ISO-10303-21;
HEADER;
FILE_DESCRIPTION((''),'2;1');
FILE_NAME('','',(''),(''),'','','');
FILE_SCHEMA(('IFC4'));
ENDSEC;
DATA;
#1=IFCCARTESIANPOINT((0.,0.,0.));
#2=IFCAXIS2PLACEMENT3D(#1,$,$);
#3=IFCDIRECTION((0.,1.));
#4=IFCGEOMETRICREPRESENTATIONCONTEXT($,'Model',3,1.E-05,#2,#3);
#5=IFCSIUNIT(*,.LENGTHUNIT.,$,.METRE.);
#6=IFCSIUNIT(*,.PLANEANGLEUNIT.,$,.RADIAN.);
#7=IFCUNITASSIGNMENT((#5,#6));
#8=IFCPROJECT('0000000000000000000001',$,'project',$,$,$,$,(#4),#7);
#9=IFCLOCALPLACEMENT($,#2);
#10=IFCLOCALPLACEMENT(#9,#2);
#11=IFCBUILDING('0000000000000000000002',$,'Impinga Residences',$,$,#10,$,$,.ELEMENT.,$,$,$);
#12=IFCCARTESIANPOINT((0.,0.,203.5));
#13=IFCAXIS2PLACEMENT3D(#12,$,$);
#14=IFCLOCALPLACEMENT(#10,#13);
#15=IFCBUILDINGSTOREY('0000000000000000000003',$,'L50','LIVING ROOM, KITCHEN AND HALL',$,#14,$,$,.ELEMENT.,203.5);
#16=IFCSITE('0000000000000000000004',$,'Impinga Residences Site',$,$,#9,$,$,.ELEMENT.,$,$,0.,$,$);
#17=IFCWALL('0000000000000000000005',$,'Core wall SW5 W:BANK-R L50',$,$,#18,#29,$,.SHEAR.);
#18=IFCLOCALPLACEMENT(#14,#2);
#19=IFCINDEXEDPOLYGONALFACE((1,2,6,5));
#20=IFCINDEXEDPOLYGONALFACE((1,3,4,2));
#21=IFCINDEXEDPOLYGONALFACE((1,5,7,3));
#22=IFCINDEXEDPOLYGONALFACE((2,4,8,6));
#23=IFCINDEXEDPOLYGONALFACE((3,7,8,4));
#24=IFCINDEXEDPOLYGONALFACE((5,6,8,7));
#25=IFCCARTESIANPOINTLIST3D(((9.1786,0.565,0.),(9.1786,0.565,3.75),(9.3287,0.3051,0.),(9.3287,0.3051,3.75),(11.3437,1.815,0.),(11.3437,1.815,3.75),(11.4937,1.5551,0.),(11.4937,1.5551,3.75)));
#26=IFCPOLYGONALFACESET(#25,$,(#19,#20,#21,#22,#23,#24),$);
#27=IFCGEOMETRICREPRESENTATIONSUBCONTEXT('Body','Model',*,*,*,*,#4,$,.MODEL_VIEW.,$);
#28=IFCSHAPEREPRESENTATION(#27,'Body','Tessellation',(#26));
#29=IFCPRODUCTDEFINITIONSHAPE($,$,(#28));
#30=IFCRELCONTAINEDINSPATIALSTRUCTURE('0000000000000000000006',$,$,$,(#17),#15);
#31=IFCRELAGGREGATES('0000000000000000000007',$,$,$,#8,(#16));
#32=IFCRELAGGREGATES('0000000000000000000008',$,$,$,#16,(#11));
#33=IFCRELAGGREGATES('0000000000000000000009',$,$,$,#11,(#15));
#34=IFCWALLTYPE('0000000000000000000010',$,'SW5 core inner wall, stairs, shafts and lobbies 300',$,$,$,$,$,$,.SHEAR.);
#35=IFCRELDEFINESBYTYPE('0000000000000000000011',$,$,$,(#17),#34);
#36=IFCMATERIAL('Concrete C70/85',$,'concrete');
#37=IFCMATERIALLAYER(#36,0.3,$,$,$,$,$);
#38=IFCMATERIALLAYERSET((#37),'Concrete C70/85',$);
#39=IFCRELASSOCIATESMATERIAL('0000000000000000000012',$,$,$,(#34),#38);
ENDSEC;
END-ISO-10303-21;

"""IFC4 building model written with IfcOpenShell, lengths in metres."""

from ifc_helpers import new_model, si_unit, direction, frame, frame_2d, origin, place, context, subcontext, project, spatial, rectangle, extrude, material, layer, layer_set, type_object, element, save


model = new_model("IFC4")

# Units and contexts
model_context = context("Model", 3, precision=1e-05, world=origin(), true_north=direction((0.0, 1.0)))
body_context = subcontext(model_context, "Body", "Model", "MODEL_VIEW")
ifc_project = project(units=[si_unit("LENGTHUNIT", "METRE"), si_unit("PLANEANGLEUNIT", "RADIAN")], contexts=[model_context])

# Site, building, storey
site_placement = place(None, origin())
site = spatial("IfcSite", under=ifc_project, at=site_placement, Name="Impinga Residences Site", CompositionType="ELEMENT", RefElevation=0.0)
building_placement = place(site_placement, origin())
building = spatial("IfcBuilding", under=site, at=building_placement, Name="Impinga Residences", CompositionType="ELEMENT")
storey_placement = place(building_placement, frame((0.0, 0.0, 203.5)))
storey = spatial("IfcBuildingStorey", under=building, at=storey_placement, Name="L50", Description="LIVING ROOM, KITCHEN AND HALL", CompositionType="ELEMENT", Elevation=203.5)

# Wall
ifc_material_1 = material(Name="Concrete C70/85", Category="concrete")
ifc_layer_1 = layer(ifc_material_1, 0.3)
ifc_layer_set_1 = layer_set([ifc_layer_1], Name="Concrete C70/85")
wall_type_1 = type_object("IfcWallType", Name="SW5 core inner wall, stairs, shafts and lobbies 300", PredefinedType="SHEAR", material=ifc_layer_set_1)
wall_1_placement = place(storey_placement, frame((9.2537, 0.4351, 0.0), z_axis=(0.0, 0.0, 1.0), x_axis=(0.866023, 0.500004, 0.0)))
element("IfcWall", 1, at=wall_1_placement, inside=storey, type_object=wall_type_1, Name="Core wall SW5 W:BANK-R L50", PredefinedType="SHEAR", context=body_context, shape_type="SweptSolid", body=[
    extrude(rectangle(XDim=2.5, YDim=0.3, at=frame_2d((1.25, 0.0))), origin(), (0.0, 0.0, 1.0), 3.75),
])

save(model, "model.ifc")
